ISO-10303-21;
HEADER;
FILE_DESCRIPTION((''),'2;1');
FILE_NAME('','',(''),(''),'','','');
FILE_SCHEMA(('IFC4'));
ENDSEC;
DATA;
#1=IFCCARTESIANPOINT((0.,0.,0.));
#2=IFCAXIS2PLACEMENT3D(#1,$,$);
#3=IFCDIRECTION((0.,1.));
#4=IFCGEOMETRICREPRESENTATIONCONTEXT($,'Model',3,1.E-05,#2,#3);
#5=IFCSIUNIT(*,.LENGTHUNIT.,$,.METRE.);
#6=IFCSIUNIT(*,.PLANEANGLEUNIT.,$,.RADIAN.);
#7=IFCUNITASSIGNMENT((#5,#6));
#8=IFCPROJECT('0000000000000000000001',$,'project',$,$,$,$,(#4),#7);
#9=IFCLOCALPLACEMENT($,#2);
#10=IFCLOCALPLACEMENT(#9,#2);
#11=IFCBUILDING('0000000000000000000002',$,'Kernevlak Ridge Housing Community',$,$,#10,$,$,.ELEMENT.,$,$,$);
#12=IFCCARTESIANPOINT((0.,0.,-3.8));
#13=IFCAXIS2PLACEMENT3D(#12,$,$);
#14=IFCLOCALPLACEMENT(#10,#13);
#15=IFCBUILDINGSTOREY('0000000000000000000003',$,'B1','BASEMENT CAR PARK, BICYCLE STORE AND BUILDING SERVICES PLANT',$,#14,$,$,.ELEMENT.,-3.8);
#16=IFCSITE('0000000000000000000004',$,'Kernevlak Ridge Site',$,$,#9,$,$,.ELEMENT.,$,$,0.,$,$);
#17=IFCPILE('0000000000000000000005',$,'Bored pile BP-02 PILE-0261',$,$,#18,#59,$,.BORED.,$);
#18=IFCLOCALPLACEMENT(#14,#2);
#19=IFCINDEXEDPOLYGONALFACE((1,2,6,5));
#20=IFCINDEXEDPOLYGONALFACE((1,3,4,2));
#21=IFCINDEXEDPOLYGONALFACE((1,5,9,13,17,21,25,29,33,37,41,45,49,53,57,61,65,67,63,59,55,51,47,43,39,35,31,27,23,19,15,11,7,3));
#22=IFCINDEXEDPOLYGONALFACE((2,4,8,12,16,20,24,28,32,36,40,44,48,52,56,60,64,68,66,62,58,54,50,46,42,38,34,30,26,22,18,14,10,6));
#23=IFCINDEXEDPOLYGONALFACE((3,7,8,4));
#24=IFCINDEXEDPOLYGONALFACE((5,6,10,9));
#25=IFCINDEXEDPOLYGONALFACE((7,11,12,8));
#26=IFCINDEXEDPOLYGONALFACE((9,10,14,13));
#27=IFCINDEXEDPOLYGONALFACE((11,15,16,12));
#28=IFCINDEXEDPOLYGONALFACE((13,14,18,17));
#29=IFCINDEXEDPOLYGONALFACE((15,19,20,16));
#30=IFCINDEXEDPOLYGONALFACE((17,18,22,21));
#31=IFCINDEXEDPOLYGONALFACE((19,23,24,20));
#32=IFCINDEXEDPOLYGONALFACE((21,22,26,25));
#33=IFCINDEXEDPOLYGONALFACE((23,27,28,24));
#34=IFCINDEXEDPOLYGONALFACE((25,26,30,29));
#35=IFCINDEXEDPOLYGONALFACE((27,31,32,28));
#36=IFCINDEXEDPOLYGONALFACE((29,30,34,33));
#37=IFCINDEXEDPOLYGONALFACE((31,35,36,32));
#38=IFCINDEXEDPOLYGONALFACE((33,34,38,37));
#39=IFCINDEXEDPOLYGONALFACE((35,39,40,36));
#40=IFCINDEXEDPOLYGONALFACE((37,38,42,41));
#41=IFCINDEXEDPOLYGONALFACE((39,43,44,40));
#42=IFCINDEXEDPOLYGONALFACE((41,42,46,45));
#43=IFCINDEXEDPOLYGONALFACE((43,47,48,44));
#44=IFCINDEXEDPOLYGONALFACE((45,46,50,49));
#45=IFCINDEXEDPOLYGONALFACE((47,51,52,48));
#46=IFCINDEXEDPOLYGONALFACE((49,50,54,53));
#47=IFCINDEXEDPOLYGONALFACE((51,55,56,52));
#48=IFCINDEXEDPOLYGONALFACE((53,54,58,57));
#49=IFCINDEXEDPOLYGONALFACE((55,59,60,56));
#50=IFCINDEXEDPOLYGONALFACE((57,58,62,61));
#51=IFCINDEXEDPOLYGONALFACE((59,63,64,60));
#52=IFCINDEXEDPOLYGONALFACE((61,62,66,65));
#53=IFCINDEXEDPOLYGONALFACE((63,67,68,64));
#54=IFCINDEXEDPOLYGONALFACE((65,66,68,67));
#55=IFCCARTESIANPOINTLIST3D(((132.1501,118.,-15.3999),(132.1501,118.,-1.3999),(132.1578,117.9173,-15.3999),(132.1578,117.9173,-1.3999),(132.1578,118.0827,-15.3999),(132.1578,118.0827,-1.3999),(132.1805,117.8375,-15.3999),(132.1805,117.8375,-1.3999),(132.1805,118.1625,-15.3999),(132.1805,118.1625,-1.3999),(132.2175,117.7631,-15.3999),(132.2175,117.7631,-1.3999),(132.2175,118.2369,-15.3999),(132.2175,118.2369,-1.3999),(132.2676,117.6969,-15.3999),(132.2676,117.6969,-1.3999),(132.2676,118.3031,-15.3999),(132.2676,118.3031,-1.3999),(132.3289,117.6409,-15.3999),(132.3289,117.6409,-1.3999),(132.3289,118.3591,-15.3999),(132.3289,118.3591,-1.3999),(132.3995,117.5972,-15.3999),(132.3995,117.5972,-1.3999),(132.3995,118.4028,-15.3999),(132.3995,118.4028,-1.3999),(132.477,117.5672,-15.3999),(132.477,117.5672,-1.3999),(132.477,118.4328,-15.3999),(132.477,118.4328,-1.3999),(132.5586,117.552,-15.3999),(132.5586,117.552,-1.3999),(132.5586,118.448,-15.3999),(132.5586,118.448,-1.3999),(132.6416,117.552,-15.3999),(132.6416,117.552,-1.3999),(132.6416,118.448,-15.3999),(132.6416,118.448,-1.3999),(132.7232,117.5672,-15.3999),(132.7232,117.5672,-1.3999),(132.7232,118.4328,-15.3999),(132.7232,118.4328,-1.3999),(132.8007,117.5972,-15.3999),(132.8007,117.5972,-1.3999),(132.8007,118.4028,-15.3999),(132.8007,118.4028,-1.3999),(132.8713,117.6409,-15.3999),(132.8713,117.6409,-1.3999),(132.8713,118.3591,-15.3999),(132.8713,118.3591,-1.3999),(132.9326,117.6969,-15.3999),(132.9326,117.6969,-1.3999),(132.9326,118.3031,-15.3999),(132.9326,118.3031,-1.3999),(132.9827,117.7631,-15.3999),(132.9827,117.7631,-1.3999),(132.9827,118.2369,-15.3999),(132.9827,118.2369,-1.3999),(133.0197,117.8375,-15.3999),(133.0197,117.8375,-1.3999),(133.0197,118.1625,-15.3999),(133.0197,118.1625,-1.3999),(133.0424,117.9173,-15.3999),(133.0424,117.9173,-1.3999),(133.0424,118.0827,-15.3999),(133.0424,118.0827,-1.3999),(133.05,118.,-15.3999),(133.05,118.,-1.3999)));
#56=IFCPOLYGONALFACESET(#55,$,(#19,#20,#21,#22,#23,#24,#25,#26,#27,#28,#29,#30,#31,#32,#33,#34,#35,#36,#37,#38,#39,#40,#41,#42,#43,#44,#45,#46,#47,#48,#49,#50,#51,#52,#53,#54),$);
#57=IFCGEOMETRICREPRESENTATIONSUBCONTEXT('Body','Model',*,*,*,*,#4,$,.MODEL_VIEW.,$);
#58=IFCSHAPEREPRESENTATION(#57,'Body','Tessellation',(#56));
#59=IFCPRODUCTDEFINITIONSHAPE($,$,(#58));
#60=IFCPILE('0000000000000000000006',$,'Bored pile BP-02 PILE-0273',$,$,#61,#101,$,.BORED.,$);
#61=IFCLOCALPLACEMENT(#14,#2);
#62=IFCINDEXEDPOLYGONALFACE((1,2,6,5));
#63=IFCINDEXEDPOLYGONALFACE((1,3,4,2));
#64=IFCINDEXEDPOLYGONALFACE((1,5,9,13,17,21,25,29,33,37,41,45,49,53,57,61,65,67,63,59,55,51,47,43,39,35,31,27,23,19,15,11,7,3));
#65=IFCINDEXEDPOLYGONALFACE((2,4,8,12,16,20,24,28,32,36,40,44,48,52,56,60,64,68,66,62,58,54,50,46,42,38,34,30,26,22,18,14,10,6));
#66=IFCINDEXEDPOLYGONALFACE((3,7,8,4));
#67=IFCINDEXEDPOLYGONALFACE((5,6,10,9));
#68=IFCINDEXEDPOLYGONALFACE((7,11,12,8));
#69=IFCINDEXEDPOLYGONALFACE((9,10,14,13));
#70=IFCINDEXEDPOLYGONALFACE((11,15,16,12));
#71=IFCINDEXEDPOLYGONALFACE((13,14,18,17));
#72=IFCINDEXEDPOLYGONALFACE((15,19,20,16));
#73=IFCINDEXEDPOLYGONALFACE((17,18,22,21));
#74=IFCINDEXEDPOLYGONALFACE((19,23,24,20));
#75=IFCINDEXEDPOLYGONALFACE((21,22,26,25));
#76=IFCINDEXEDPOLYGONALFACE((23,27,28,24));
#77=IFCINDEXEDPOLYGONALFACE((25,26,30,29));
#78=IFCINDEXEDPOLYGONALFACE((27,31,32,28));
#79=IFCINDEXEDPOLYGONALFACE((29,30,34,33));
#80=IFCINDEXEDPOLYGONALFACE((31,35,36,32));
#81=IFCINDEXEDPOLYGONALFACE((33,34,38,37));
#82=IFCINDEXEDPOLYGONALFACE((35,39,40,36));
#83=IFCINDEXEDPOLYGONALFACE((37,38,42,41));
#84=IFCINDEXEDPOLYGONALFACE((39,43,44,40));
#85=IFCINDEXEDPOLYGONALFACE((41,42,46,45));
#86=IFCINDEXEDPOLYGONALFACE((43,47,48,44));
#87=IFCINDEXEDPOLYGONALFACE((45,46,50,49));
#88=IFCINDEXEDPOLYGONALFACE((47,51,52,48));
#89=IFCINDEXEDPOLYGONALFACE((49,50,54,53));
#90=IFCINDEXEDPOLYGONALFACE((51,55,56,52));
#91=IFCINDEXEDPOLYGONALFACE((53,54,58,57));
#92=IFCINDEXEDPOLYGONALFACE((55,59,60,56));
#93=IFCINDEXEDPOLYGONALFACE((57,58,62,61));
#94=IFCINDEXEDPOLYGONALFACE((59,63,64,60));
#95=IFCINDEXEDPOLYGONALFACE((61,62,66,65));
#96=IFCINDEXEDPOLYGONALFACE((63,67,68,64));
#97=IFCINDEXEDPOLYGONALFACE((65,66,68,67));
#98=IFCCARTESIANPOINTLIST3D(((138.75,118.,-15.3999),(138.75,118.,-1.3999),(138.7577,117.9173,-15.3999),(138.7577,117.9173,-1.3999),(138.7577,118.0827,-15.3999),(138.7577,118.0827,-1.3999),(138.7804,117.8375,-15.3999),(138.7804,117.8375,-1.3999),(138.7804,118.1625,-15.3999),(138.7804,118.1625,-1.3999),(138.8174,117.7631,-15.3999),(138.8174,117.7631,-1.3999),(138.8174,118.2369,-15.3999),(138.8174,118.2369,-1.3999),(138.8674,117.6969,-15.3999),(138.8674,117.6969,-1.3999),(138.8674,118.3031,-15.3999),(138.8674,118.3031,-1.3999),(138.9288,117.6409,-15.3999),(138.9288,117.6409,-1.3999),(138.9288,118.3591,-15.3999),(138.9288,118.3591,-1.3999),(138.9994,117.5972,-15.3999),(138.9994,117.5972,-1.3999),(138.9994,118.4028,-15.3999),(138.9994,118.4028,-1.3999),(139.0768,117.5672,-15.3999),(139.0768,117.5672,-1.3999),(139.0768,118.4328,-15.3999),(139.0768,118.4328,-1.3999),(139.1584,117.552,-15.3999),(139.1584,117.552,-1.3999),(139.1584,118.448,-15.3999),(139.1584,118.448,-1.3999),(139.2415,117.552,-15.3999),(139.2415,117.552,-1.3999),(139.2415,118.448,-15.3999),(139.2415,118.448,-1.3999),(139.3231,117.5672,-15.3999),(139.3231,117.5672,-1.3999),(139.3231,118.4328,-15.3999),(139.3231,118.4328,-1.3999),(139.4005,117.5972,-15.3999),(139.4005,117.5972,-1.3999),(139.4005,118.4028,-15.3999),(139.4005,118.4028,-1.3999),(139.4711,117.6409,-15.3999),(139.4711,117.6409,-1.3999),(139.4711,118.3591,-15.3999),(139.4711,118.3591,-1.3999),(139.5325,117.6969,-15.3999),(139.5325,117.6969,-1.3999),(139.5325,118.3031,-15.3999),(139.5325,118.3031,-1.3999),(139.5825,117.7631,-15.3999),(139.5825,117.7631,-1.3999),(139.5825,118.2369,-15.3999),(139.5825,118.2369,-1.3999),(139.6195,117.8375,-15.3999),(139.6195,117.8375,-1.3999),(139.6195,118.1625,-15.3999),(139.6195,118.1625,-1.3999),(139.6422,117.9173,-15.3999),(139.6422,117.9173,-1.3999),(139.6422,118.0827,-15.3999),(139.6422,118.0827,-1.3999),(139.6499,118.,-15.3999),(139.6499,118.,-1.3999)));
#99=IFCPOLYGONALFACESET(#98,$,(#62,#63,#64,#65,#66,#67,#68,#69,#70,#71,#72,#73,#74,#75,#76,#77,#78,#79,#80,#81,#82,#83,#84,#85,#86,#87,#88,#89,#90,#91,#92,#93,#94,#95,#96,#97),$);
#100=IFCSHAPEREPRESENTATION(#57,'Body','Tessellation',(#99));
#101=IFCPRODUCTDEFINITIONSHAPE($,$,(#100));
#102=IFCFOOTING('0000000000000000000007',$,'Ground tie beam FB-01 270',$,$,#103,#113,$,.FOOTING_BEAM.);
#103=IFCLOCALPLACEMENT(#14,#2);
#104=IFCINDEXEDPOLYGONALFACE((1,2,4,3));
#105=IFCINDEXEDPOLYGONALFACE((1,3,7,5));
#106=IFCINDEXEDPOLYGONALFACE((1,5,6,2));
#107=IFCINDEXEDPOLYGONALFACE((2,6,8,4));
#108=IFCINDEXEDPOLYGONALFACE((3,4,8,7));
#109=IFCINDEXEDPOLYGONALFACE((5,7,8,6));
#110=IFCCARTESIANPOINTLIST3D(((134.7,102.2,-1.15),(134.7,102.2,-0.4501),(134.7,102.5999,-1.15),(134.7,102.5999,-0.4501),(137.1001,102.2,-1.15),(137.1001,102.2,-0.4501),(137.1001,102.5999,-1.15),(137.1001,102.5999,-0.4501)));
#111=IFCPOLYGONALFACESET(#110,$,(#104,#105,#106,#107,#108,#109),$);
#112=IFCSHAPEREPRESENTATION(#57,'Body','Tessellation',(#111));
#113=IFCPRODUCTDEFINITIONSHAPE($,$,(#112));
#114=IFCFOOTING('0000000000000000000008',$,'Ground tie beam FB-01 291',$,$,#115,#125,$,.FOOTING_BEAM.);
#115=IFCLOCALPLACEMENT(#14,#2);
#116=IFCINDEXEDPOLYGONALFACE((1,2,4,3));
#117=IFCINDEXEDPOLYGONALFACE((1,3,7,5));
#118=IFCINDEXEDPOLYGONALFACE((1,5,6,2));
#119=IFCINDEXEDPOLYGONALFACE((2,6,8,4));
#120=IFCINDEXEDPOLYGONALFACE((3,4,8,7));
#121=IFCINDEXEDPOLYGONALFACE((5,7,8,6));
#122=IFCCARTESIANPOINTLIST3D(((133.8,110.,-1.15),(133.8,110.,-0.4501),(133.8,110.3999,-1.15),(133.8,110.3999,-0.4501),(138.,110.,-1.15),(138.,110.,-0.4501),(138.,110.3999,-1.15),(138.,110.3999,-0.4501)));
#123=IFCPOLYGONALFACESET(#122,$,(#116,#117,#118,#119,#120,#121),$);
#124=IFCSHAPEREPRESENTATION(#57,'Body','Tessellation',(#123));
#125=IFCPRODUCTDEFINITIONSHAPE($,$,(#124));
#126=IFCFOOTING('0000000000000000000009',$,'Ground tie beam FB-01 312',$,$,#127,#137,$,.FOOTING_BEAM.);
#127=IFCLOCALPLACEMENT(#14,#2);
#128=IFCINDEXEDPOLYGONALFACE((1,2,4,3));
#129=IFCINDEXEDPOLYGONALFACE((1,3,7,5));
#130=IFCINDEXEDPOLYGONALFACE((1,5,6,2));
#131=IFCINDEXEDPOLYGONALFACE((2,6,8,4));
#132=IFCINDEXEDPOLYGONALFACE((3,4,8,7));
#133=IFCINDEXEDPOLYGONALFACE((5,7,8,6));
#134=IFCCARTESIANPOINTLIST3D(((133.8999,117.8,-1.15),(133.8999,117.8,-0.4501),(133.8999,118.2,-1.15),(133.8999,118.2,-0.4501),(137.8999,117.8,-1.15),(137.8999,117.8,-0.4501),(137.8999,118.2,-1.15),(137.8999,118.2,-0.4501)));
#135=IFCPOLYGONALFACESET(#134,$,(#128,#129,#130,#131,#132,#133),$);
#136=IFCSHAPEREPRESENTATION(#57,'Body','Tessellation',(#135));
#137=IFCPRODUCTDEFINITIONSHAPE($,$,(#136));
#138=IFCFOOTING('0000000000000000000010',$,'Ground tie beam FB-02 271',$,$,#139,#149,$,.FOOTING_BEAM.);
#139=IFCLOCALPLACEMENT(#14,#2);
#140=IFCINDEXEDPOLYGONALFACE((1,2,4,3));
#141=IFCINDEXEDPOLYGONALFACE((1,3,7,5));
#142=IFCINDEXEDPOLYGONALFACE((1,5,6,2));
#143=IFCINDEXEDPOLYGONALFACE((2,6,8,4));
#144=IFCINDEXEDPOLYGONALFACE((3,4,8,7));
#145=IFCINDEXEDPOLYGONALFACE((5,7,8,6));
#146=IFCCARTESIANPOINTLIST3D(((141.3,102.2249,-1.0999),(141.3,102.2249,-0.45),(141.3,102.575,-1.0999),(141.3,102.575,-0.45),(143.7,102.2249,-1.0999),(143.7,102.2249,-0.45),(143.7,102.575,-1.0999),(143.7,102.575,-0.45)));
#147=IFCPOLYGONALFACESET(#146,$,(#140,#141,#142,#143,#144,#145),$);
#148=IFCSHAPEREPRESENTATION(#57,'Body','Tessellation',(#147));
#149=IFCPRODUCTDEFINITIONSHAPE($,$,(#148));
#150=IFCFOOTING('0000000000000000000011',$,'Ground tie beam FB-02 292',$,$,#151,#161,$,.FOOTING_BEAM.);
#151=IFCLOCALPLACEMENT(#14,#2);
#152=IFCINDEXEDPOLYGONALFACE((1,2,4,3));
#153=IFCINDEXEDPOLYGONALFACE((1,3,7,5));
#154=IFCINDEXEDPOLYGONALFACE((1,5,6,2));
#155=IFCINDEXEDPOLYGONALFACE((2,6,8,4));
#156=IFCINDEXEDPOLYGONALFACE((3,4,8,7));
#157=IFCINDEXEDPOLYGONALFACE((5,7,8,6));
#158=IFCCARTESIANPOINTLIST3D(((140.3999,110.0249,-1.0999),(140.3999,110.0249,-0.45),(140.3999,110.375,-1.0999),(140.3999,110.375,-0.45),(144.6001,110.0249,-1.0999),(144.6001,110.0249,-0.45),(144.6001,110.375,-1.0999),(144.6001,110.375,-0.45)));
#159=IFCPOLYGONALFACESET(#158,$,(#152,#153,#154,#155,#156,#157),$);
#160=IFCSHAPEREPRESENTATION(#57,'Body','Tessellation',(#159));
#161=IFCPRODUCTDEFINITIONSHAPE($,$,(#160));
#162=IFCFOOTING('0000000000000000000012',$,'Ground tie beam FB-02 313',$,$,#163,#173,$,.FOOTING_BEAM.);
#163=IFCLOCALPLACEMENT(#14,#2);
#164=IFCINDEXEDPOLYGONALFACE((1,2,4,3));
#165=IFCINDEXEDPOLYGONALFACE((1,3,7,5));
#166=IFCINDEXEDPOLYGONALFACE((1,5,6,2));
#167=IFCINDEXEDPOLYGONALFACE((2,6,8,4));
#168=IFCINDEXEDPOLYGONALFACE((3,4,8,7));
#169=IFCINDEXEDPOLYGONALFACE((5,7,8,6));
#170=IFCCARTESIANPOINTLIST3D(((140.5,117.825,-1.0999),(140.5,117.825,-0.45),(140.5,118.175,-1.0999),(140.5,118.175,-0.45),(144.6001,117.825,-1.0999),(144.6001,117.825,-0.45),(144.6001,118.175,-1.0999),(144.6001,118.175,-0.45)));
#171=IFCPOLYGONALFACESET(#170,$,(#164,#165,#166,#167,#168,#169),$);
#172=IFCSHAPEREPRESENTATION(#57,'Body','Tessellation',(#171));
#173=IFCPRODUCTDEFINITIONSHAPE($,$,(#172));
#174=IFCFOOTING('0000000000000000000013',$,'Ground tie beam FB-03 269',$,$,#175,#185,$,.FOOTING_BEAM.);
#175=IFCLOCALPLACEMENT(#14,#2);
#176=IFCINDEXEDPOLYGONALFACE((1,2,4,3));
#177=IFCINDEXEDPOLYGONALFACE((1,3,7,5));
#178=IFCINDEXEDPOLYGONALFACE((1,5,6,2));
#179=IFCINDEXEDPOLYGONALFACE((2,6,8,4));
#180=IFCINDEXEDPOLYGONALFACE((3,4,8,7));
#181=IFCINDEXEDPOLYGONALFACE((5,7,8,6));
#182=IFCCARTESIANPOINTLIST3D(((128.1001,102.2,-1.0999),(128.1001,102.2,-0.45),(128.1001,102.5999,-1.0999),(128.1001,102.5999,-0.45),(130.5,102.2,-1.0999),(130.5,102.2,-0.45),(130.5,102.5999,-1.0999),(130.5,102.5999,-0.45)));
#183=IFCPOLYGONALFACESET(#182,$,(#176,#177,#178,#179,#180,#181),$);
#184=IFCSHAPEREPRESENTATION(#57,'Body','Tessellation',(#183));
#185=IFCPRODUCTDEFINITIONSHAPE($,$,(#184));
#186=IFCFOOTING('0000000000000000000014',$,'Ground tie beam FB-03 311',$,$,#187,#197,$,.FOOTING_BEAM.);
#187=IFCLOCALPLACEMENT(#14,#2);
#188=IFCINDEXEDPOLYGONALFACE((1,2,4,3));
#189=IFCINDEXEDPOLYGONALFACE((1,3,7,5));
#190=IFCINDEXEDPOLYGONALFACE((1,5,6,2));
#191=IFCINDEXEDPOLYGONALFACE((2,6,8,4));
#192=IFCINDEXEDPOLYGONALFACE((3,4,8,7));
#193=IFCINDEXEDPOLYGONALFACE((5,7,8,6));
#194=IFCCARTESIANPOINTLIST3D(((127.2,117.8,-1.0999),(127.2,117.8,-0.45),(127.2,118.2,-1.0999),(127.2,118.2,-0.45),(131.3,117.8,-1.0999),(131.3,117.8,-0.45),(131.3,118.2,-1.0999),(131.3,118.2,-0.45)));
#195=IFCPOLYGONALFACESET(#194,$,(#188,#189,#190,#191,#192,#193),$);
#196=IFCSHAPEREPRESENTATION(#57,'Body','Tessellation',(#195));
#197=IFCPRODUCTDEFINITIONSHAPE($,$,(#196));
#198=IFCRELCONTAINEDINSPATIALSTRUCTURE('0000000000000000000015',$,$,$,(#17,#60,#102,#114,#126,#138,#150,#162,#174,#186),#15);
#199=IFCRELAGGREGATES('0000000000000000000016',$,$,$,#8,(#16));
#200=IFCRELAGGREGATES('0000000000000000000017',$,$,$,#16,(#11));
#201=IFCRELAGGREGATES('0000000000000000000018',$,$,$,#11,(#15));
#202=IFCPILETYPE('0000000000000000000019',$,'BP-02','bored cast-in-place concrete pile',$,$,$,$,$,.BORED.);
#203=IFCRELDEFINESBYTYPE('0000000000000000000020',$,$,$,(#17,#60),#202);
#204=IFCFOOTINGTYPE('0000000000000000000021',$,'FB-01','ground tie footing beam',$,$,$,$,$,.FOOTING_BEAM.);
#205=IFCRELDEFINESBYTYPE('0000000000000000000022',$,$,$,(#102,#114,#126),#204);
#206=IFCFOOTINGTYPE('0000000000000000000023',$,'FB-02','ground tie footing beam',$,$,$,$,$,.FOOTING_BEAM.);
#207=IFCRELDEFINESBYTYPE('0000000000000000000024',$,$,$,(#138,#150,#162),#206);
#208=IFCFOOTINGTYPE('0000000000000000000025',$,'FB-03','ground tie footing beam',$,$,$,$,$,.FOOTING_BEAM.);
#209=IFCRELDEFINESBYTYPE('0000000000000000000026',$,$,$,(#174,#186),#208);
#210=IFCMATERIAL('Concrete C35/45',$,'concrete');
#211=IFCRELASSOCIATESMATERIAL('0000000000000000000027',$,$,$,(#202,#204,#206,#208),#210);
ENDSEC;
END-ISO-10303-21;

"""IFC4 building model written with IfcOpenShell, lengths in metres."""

from ifc_helpers import new_model, si_unit, direction, frame, origin, origin_2d, place, context, subcontext, project, spatial, rectangle, circle, extrude, material, material_profile, profile_set, type_object, element, save


model = new_model("IFC4")

# Units and contexts
model_context = context("Model", 3, precision=1e-05, world=origin(), true_north=direction((0.0, 1.0)))
body_context = subcontext(model_context, "Body", "Model", "MODEL_VIEW")
ifc_project = project(units=[si_unit("LENGTHUNIT", "METRE"), si_unit("PLANEANGLEUNIT", "RADIAN")], contexts=[model_context])

# Site, building, storey
site_placement = place(None, origin())
site = spatial("IfcSite", under=ifc_project, at=site_placement, Name="Kernevlak Ridge Site", CompositionType="ELEMENT", RefElevation=0.0)
building_placement = place(site_placement, origin())
building = spatial("IfcBuilding", under=site, at=building_placement, Name="Kernevlak Ridge Housing Community", CompositionType="ELEMENT")
storey_placement = place(building_placement, frame((0.0, 0.0, -3.8)))
storey = spatial("IfcBuildingStorey", under=building, at=storey_placement, Name="B1", Description="BASEMENT CAR PARK, BICYCLE STORE AND BUILDING SERVICES PLANT", CompositionType="ELEMENT", Elevation=-3.8)

# Piles
ifc_material_1 = material(Name="Concrete C35/45", Category="concrete")
ifc_material_profile_1 = material_profile(ifc_material_1, circle(Radius=0.45, at=origin_2d()), Name="BORED PILE 900")
ifc_profile_set_1 = profile_set([ifc_material_profile_1], Name="Concrete C35/45")
pile_type_1 = type_object("IfcPileType", Name="BP-02", Description="bored cast-in-place concrete pile", PredefinedType="BORED", material=ifc_profile_set_1)
for number, where, z_axis, x_axis, name in (
    (1, (132.6001, 118.0, -1.3999), (0.0, 0.0, -1.0), (1.0, 0.0, 0.0), "Bored pile BP-02 PILE-0261"),
    (2, (139.2, 118.0, -1.3999), (0.0, 0.0, -1.0), (1.0, 0.0, 0.0), "Bored pile BP-02 PILE-0273"),
):
    element("IfcPile", number, at=place(storey_placement, frame(where, z_axis=z_axis, x_axis=x_axis)), inside=storey, type_object=pile_type_1, Name=name, PredefinedType="BORED", context=body_context, shape_type="SweptSolid", body=[
        extrude(circle(Radius=0.45, at=origin_2d()), origin(), (0.0, 0.0, 1.0), 14.0),
    ])

# Footings
ifc_material_profile_2 = material_profile(ifc_material_1, rectangle(XDim=0.3999, YDim=0.7, at=origin_2d()), Name="RC 400x700")
ifc_profile_set_2 = profile_set([ifc_material_profile_2], Name="Concrete C35/45")
footing_type_1 = type_object("IfcFootingType", Name="FB-01", Description="ground tie footing beam", PredefinedType="FOOTING_BEAM", material=ifc_profile_set_2)
footing_1_placement = place(storey_placement, frame((134.7, 102.3999, -0.8), z_axis=(1.0, 0.0, 0.0), x_axis=(0.0, 1.0, 0.0)))
element("IfcFooting", 3, at=footing_1_placement, inside=storey, type_object=footing_type_1, Name="Ground tie beam FB-01 270", PredefinedType="FOOTING_BEAM", context=body_context, shape_type="SweptSolid", body=[
    extrude(rectangle(XDim=0.3999, YDim=0.7, at=origin_2d()), origin(), (0.0, 0.0, 1.0), 2.4001),
])
footing_2_placement = place(storey_placement, frame((133.8, 110.2, -0.8), z_axis=(1.0, 0.0, 0.0), x_axis=(0.0, 1.0, 0.0)))
element("IfcFooting", 4, at=footing_2_placement, inside=storey, type_object=footing_type_1, Name="Ground tie beam FB-01 291", PredefinedType="FOOTING_BEAM", context=body_context, shape_type="SweptSolid", body=[
    extrude(rectangle(XDim=0.3999, YDim=0.7, at=origin_2d()), origin(), (0.0, 0.0, 1.0), 4.2),
])
footing_3_placement = place(storey_placement, frame((133.8999, 118.0, -0.8), z_axis=(1.0, 0.0, 0.0), x_axis=(0.0, 1.0, 0.0)))
element("IfcFooting", 5, at=footing_3_placement, inside=storey, type_object=footing_type_1, Name="Ground tie beam FB-01 312", PredefinedType="FOOTING_BEAM", context=body_context, shape_type="SweptSolid", body=[
    extrude(rectangle(XDim=0.3999, YDim=0.7, at=origin_2d()), origin(), (0.0, 0.0, 1.0), 4.0),
])
ifc_material_profile_3 = material_profile(ifc_material_1, rectangle(XDim=0.3501, YDim=0.6499, at=origin_2d()), Name="RC 350x650")
ifc_profile_set_3 = profile_set([ifc_material_profile_3], Name="Concrete C35/45")
footing_type_2 = type_object("IfcFootingType", Name="FB-02", Description="ground tie footing beam", PredefinedType="FOOTING_BEAM", material=ifc_profile_set_3)
footing_4_placement = place(storey_placement, frame((141.3, 102.3999, -0.7749), z_axis=(1.0, 0.0, 0.0), x_axis=(0.0, 1.0, 0.0)))
element("IfcFooting", 6, at=footing_4_placement, inside=storey, type_object=footing_type_2, Name="Ground tie beam FB-02 271", PredefinedType="FOOTING_BEAM", context=body_context, shape_type="SweptSolid", body=[
    extrude(rectangle(XDim=0.3501, YDim=0.6499, at=origin_2d()), origin(), (0.0, 0.0, 1.0), 2.3999),
])
footing_5_placement = place(storey_placement, frame((140.3999, 110.2, -0.7749), z_axis=(1.0, 0.0, 0.0), x_axis=(0.0, 1.0, 0.0)))
element("IfcFooting", 7, at=footing_5_placement, inside=storey, type_object=footing_type_2, Name="Ground tie beam FB-02 292", PredefinedType="FOOTING_BEAM", context=body_context, shape_type="SweptSolid", body=[
    extrude(rectangle(XDim=0.3501, YDim=0.6499, at=origin_2d()), origin(), (0.0, 0.0, 1.0), 4.2002),
])
footing_6_placement = place(storey_placement, frame((140.5, 118.0, -0.7749), z_axis=(1.0, 0.0, 0.0), x_axis=(0.0, 1.0, 0.0)))
element("IfcFooting", 8, at=footing_6_placement, inside=storey, type_object=footing_type_2, Name="Ground tie beam FB-02 313", PredefinedType="FOOTING_BEAM", context=body_context, shape_type="SweptSolid", body=[
    extrude(rectangle(XDim=0.3501, YDim=0.6499, at=origin_2d()), origin(), (0.0, 0.0, 1.0), 4.1001),
])
ifc_material_profile_4 = material_profile(ifc_material_1, rectangle(XDim=0.3999, YDim=0.6499, at=origin_2d()), Name="RC 400x650")
ifc_profile_set_4 = profile_set([ifc_material_profile_4], Name="Concrete C35/45")
footing_type_3 = type_object("IfcFootingType", Name="FB-03", Description="ground tie footing beam", PredefinedType="FOOTING_BEAM", material=ifc_profile_set_4)
footing_7_placement = place(storey_placement, frame((128.1001, 102.3999, -0.7749), z_axis=(1.0, 0.0, 0.0), x_axis=(0.0, 1.0, 0.0)))
element("IfcFooting", 9, at=footing_7_placement, inside=storey, type_object=footing_type_3, Name="Ground tie beam FB-03 269", PredefinedType="FOOTING_BEAM", context=body_context, shape_type="SweptSolid", body=[
    extrude(rectangle(XDim=0.3999, YDim=0.6499, at=origin_2d()), origin(), (0.0, 0.0, 1.0), 2.3999),
])
footing_8_placement = place(storey_placement, frame((127.2, 118.0, -0.7749), z_axis=(1.0, 0.0, 0.0), x_axis=(0.0, 1.0, 0.0)))
element("IfcFooting", 10, at=footing_8_placement, inside=storey, type_object=footing_type_3, Name="Ground tie beam FB-03 311", PredefinedType="FOOTING_BEAM", context=body_context, shape_type="SweptSolid", body=[
    extrude(rectangle(XDim=0.3999, YDim=0.6499, at=origin_2d()), origin(), (0.0, 0.0, 1.0), 4.1001),
])

save(model, "model.ifc")
